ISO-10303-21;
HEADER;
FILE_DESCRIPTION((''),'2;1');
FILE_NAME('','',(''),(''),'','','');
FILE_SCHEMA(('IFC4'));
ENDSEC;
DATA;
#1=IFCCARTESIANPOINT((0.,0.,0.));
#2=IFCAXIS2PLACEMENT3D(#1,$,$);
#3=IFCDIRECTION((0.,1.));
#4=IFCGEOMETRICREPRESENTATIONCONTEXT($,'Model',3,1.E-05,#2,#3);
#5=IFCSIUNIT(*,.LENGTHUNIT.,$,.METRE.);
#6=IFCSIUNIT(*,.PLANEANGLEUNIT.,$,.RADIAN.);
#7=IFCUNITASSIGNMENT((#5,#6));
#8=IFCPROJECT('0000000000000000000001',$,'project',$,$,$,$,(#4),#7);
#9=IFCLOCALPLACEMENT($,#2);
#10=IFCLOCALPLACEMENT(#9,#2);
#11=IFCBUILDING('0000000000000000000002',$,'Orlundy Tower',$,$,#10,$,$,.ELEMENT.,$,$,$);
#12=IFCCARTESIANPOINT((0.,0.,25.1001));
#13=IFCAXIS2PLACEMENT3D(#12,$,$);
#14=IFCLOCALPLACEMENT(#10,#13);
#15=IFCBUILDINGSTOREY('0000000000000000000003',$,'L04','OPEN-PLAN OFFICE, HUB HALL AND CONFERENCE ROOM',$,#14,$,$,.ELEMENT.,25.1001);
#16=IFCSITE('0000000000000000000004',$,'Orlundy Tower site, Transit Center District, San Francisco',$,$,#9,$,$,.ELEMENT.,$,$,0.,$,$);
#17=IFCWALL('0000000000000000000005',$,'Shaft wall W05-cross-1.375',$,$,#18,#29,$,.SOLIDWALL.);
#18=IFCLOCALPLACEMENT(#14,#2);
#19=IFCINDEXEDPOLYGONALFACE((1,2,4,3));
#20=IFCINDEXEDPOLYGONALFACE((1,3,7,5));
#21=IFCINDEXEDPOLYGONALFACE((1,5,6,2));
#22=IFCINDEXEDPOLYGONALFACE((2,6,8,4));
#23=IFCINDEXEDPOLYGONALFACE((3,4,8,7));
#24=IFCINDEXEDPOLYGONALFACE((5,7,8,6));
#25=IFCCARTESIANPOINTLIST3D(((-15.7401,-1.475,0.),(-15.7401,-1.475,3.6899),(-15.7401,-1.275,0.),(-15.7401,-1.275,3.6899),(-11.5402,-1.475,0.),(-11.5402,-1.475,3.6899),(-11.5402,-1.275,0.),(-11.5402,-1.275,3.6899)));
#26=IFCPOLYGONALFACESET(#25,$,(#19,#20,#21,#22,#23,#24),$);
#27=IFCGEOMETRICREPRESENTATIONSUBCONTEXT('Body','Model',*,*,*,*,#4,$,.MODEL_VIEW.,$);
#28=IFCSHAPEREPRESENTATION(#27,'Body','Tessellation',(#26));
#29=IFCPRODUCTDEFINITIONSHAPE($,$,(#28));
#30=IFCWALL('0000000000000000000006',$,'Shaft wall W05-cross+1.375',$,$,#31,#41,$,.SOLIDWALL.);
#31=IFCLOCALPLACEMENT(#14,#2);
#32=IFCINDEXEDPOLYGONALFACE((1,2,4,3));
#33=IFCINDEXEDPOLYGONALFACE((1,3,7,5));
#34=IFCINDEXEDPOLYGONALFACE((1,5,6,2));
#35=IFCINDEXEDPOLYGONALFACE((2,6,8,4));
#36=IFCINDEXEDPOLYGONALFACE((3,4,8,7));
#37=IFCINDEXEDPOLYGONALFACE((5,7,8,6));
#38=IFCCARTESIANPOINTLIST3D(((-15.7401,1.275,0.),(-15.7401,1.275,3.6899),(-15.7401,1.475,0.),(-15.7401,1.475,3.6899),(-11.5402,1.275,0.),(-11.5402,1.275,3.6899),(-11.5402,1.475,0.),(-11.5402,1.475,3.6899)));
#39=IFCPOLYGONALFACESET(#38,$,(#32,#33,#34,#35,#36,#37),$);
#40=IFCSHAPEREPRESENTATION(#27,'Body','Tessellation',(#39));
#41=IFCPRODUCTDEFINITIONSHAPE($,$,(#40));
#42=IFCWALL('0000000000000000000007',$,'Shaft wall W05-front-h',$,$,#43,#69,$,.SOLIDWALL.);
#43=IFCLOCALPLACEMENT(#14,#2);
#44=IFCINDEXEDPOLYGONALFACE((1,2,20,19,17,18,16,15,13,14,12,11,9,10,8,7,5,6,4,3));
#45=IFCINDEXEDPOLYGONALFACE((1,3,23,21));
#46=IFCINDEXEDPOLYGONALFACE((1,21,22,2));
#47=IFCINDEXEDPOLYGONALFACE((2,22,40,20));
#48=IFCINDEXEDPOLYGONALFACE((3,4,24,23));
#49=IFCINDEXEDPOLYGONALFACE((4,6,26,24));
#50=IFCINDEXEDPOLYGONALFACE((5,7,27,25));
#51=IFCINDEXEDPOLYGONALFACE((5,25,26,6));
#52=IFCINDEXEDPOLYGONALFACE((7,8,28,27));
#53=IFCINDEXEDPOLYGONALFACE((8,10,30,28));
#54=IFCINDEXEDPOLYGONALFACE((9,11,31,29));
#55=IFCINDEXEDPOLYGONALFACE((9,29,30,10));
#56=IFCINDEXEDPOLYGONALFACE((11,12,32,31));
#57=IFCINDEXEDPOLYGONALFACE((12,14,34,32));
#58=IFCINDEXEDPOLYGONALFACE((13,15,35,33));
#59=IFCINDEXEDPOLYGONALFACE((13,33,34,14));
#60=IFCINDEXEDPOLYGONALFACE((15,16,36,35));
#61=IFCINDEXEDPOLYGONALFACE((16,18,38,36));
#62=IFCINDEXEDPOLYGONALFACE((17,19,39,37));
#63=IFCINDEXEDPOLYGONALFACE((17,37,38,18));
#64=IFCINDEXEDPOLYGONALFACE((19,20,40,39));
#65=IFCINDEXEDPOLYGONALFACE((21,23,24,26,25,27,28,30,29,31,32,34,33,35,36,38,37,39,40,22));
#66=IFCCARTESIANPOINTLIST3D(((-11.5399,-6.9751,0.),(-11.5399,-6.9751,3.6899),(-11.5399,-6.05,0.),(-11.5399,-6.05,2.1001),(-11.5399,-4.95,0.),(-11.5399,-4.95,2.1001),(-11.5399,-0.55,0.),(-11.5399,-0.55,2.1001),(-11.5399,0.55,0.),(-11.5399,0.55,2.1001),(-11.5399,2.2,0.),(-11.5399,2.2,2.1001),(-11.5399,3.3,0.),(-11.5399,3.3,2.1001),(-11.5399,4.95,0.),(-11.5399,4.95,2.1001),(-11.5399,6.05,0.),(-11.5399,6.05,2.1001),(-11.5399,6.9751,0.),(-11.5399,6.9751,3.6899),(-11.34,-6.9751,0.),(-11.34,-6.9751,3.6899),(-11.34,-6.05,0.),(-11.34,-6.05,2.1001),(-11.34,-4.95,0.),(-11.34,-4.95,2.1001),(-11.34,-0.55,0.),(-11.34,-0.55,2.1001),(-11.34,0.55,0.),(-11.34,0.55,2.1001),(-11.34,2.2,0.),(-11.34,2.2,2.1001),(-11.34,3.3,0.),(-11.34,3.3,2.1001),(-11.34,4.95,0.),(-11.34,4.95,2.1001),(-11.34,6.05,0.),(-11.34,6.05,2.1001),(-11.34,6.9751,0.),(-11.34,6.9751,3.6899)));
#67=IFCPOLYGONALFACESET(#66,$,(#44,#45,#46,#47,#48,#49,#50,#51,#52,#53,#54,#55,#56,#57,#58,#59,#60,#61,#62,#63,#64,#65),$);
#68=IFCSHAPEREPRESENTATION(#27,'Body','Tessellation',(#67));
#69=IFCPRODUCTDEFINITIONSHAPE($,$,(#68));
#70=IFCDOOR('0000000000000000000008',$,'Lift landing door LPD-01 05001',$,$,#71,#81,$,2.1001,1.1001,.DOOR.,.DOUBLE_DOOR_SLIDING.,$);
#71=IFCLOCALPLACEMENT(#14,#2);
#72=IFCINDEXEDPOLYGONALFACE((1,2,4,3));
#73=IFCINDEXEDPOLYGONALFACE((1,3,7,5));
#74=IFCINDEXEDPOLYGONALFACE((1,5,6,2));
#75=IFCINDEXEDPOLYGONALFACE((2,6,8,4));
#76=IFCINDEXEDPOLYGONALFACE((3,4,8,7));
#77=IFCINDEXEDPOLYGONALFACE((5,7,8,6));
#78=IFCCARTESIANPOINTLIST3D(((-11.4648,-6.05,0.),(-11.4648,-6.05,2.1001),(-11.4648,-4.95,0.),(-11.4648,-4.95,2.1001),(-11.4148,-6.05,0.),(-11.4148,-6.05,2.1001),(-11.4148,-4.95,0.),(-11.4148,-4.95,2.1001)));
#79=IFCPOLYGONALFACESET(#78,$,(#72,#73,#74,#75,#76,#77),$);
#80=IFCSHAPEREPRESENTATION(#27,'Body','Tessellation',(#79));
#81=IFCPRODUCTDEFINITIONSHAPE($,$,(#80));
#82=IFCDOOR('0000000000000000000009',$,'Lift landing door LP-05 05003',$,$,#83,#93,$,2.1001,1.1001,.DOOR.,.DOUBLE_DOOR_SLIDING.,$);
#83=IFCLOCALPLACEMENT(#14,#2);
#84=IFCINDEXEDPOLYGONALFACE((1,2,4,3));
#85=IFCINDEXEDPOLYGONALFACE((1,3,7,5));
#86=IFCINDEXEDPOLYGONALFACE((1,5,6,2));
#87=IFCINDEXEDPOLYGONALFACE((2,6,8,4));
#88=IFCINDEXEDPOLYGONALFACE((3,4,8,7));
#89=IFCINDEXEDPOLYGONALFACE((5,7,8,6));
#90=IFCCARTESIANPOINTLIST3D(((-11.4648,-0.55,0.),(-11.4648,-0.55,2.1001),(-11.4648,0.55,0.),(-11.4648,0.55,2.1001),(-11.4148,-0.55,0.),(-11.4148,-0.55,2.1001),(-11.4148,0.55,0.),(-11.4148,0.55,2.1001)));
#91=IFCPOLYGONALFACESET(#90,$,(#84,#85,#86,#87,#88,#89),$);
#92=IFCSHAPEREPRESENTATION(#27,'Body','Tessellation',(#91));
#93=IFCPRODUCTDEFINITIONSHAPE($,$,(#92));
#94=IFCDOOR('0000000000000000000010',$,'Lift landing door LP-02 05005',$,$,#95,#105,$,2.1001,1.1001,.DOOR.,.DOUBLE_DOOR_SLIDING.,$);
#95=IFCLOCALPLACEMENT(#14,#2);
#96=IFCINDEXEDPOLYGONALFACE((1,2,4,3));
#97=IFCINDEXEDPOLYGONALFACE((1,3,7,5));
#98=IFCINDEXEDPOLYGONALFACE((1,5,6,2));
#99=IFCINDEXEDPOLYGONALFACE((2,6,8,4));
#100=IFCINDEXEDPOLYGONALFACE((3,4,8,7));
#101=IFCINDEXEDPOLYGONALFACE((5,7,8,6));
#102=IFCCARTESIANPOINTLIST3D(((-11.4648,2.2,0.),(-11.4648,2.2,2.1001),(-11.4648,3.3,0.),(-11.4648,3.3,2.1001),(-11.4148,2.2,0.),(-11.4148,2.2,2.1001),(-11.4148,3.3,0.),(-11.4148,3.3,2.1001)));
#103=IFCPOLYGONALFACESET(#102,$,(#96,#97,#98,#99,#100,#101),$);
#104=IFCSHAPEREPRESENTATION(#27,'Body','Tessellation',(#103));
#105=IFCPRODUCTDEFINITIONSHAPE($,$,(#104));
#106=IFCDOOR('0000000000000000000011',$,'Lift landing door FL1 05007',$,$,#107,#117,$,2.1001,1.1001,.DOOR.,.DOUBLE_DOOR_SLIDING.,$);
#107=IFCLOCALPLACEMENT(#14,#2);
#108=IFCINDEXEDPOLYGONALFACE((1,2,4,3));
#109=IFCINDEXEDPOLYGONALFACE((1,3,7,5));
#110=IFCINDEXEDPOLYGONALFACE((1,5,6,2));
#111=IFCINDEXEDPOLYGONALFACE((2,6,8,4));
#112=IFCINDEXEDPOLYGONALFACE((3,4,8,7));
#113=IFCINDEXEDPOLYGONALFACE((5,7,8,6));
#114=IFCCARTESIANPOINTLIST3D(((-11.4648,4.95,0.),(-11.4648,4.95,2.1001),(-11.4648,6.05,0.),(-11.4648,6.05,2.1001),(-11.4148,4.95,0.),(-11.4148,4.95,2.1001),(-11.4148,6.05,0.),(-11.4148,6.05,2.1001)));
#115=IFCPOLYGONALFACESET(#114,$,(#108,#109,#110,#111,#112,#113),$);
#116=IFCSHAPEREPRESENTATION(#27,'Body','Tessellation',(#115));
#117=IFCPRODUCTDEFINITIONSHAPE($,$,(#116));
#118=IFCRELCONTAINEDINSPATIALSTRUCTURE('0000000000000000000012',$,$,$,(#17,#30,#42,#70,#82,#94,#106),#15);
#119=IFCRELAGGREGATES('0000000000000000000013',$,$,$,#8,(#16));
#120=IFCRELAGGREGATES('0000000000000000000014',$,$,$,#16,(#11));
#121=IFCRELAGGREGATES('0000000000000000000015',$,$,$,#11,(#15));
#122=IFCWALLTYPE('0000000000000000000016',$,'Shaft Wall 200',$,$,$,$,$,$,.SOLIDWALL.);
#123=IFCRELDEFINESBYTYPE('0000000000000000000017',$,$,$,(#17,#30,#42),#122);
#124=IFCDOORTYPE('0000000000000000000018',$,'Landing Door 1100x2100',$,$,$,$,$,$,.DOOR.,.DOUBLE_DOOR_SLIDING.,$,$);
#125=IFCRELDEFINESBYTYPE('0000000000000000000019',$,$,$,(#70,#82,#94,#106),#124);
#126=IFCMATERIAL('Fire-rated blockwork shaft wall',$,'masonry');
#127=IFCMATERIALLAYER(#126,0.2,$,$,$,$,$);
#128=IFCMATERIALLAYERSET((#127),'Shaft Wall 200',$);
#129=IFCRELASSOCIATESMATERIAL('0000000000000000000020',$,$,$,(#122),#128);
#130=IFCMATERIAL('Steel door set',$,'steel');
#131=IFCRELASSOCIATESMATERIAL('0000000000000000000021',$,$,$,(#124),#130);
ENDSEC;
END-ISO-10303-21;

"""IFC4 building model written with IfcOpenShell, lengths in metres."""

from ifc_helpers import new_model, si_unit, direction, frame, frame_2d, origin, place, context, subcontext, project, spatial, rectangle, extrude, material, layer, layer_set, type_object, element, fill, save


model = new_model("IFC4")

# Units and contexts
model_context = context("Model", 3, precision=1e-05, world=origin(), true_north=direction((0.0, 1.0)))
body_context = subcontext(model_context, "Body", "Model", "MODEL_VIEW")
ifc_project = project(units=[si_unit("LENGTHUNIT", "METRE"), si_unit("PLANEANGLEUNIT", "RADIAN")], contexts=[model_context])

# Site, building, storey
site_placement = place(None, origin())
site = spatial("IfcSite", under=ifc_project, at=site_placement, Name="Orlundy Tower site, Transit Center District, San Francisco", CompositionType="ELEMENT", RefElevation=0.0)
building_placement = place(site_placement, origin())
building = spatial("IfcBuilding", under=site, at=building_placement, Name="Orlundy Tower", CompositionType="ELEMENT")
storey_placement = place(building_placement, frame((0.0, 0.0, 25.1001)))
storey = spatial("IfcBuildingStorey", under=building, at=storey_placement, Name="L04", Description="OPEN-PLAN OFFICE, HUB HALL AND CONFERENCE ROOM", CompositionType="ELEMENT", Elevation=25.1001)

# Walls
ifc_material_1 = material(Name="Fire-rated blockwork shaft wall", Category="masonry")
ifc_layer_1 = layer(ifc_material_1, 0.2)
ifc_layer_set_1 = layer_set([ifc_layer_1], Name="Shaft Wall 200")
wall_type_1 = type_object("IfcWallType", Name="Shaft Wall 200", PredefinedType="SOLIDWALL", material=ifc_layer_set_1)
for number, where, z_axis, x_axis, name in (
    (1, (-11.54, -1.375, 0.0), (0.0, 0.0, 1.0), (-1.0, 0.0, 0.0), "Shaft wall W05-cross-1.375"),
    (2, (-11.54, 1.375, 0.0), (0.0, 0.0, 1.0), (-1.0, 0.0, 0.0), "Shaft wall W05-cross+1.375"),
):
    element("IfcWall", number, at=place(storey_placement, frame(where, z_axis=z_axis, x_axis=x_axis)), inside=storey, type_object=wall_type_1, Name=name, PredefinedType="SOLIDWALL", context=body_context, shape_type="SweptSolid", body=[
        extrude(rectangle(XDim=4.2, YDim=0.2, at=frame_2d((2.1001, 0.0))), origin(), (0.0, 0.0, 1.0), 3.6899),
    ])

# Wall, openings, doors
wall_1_placement = place(storey_placement, frame((-11.4399, -6.9751, 0.0), z_axis=(0.0, 0.0, 1.0), x_axis=(0.0, 1.0, 0.0)))
wall_1 = element("IfcWall", 3, at=wall_1_placement, inside=storey, type_object=wall_type_1, Name="Shaft wall W05-front-h", PredefinedType="SOLIDWALL", context=body_context, shape_type="SweptSolid", body=[
    extrude(rectangle(XDim=13.9502, YDim=0.2, at=frame_2d((6.9751, 0.0))), origin(), (0.0, 0.0, 1.0), 3.6899),
])
opening_1_placement = place(wall_1_placement, frame((0.925, 0.0, 0.0)))
opening_1 = element("IfcOpeningElement", 4, at=opening_1_placement, cuts=wall_1, PredefinedType="OPENING", context=body_context, shape_type="SweptSolid", body=[
    extrude(rectangle(XDim=1.1001, YDim=2.1001, at=frame_2d((0.55, 1.05))), frame((0.0, 0.1101, 0.0), z_axis=(0.0, -1.0, 0.0), x_axis=(1.0, 0.0, 0.0)), (0.0, 0.0, 1.0), 0.2202),
])
opening_2_placement = place(wall_1_placement, frame((6.425, 0.0, 0.0)))
opening_2 = element("IfcOpeningElement", 5, at=opening_2_placement, cuts=wall_1, PredefinedType="OPENING", context=body_context, shape_type="SweptSolid", body=[
    extrude(rectangle(XDim=1.1001, YDim=2.1001, at=frame_2d((0.55, 1.05))), frame((0.0, 0.1101, 0.0), z_axis=(0.0, -1.0, 0.0), x_axis=(1.0, 0.0, 0.0)), (0.0, 0.0, 1.0), 0.2202),
])
opening_3_placement = place(wall_1_placement, frame((9.175, 0.0, 0.0)))
opening_3 = element("IfcOpeningElement", 6, at=opening_3_placement, cuts=wall_1, PredefinedType="OPENING", context=body_context, shape_type="SweptSolid", body=[
    extrude(rectangle(XDim=1.1001, YDim=2.1001, at=frame_2d((0.55, 1.05))), frame((0.0, 0.1101, 0.0), z_axis=(0.0, -1.0, 0.0), x_axis=(1.0, 0.0, 0.0)), (0.0, 0.0, 1.0), 0.2202),
])
opening_4_placement = place(wall_1_placement, frame((11.925, 0.0, 0.0)))
opening_4 = element("IfcOpeningElement", 7, at=opening_4_placement, cuts=wall_1, PredefinedType="OPENING", context=body_context, shape_type="SweptSolid", body=[
    extrude(rectangle(XDim=1.1001, YDim=2.1001, at=frame_2d((0.55, 1.05))), frame((0.0, 0.1101, 0.0), z_axis=(0.0, -1.0, 0.0), x_axis=(1.0, 0.0, 0.0)), (0.0, 0.0, 1.0), 0.2202),
])
ifc_material_2 = material(Name="Steel door set", Category="steel")
door_type_1 = type_object("IfcDoorType", Name="Landing Door 1100x2100", OperationType="DOUBLE_DOOR_SLIDING", PredefinedType="DOOR", material=ifc_material_2)
door_1_placement = place(opening_1_placement, origin())
door_1 = element("IfcDoor", 8, at=door_1_placement, inside=storey, type_object=door_type_1, Name="Lift landing door LPD-01 05001", OperationType="DOUBLE_DOOR_SLIDING", OverallHeight=2.1001, OverallWidth=1.1001, PredefinedType="DOOR", context=body_context, shape_type="SweptSolid", body=[
    extrude(rectangle(XDim=1.1001, YDim=2.1001, at=frame_2d((0.55, 1.05))), frame((0.0, 0.0249, 0.0), z_axis=(0.0, -1.0, 0.0), x_axis=(1.0, 0.0, 0.0)), (0.0, 0.0, 1.0), 0.05),
])
fill(opening_1, door_1)
door_2_placement = place(opening_2_placement, origin())
door_2 = element("IfcDoor", 9, at=door_2_placement, inside=storey, type_object=door_type_1, Name="Lift landing door LP-05 05003", OperationType="DOUBLE_DOOR_SLIDING", OverallHeight=2.1001, OverallWidth=1.1001, PredefinedType="DOOR", context=body_context, shape_type="SweptSolid", body=[
    extrude(rectangle(XDim=1.1001, YDim=2.1001, at=frame_2d((0.55, 1.05))), frame((0.0, 0.0249, 0.0), z_axis=(0.0, -1.0, 0.0), x_axis=(1.0, 0.0, 0.0)), (0.0, 0.0, 1.0), 0.05),
])
fill(opening_2, door_2)
door_3_placement = place(opening_3_placement, origin())
door_3 = element("IfcDoor", 10, at=door_3_placement, inside=storey, type_object=door_type_1, Name="Lift landing door LP-02 05005", OperationType="DOUBLE_DOOR_SLIDING", OverallHeight=2.1001, OverallWidth=1.1001, PredefinedType="DOOR", context=body_context, shape_type="SweptSolid", body=[
    extrude(rectangle(XDim=1.1001, YDim=2.1001, at=frame_2d((0.55, 1.05))), frame((0.0, 0.0249, 0.0), z_axis=(0.0, -1.0, 0.0), x_axis=(1.0, 0.0, 0.0)), (0.0, 0.0, 1.0), 0.05),
])
fill(opening_3, door_3)
door_4_placement = place(opening_4_placement, origin())
door_4 = element("IfcDoor", 11, at=door_4_placement, inside=storey, type_object=door_type_1, Name="Lift landing door FL1 05007", OperationType="DOUBLE_DOOR_SLIDING", OverallHeight=2.1001, OverallWidth=1.1001, PredefinedType="DOOR", context=body_context, shape_type="SweptSolid", body=[
    extrude(rectangle(XDim=1.1001, YDim=2.1001, at=frame_2d((0.55, 1.05))), frame((0.0, 0.0249, 0.0), z_axis=(0.0, -1.0, 0.0), x_axis=(1.0, 0.0, 0.0)), (0.0, 0.0, 1.0), 0.05),
])
fill(opening_4, door_4)

save(model, "model.ifc")
